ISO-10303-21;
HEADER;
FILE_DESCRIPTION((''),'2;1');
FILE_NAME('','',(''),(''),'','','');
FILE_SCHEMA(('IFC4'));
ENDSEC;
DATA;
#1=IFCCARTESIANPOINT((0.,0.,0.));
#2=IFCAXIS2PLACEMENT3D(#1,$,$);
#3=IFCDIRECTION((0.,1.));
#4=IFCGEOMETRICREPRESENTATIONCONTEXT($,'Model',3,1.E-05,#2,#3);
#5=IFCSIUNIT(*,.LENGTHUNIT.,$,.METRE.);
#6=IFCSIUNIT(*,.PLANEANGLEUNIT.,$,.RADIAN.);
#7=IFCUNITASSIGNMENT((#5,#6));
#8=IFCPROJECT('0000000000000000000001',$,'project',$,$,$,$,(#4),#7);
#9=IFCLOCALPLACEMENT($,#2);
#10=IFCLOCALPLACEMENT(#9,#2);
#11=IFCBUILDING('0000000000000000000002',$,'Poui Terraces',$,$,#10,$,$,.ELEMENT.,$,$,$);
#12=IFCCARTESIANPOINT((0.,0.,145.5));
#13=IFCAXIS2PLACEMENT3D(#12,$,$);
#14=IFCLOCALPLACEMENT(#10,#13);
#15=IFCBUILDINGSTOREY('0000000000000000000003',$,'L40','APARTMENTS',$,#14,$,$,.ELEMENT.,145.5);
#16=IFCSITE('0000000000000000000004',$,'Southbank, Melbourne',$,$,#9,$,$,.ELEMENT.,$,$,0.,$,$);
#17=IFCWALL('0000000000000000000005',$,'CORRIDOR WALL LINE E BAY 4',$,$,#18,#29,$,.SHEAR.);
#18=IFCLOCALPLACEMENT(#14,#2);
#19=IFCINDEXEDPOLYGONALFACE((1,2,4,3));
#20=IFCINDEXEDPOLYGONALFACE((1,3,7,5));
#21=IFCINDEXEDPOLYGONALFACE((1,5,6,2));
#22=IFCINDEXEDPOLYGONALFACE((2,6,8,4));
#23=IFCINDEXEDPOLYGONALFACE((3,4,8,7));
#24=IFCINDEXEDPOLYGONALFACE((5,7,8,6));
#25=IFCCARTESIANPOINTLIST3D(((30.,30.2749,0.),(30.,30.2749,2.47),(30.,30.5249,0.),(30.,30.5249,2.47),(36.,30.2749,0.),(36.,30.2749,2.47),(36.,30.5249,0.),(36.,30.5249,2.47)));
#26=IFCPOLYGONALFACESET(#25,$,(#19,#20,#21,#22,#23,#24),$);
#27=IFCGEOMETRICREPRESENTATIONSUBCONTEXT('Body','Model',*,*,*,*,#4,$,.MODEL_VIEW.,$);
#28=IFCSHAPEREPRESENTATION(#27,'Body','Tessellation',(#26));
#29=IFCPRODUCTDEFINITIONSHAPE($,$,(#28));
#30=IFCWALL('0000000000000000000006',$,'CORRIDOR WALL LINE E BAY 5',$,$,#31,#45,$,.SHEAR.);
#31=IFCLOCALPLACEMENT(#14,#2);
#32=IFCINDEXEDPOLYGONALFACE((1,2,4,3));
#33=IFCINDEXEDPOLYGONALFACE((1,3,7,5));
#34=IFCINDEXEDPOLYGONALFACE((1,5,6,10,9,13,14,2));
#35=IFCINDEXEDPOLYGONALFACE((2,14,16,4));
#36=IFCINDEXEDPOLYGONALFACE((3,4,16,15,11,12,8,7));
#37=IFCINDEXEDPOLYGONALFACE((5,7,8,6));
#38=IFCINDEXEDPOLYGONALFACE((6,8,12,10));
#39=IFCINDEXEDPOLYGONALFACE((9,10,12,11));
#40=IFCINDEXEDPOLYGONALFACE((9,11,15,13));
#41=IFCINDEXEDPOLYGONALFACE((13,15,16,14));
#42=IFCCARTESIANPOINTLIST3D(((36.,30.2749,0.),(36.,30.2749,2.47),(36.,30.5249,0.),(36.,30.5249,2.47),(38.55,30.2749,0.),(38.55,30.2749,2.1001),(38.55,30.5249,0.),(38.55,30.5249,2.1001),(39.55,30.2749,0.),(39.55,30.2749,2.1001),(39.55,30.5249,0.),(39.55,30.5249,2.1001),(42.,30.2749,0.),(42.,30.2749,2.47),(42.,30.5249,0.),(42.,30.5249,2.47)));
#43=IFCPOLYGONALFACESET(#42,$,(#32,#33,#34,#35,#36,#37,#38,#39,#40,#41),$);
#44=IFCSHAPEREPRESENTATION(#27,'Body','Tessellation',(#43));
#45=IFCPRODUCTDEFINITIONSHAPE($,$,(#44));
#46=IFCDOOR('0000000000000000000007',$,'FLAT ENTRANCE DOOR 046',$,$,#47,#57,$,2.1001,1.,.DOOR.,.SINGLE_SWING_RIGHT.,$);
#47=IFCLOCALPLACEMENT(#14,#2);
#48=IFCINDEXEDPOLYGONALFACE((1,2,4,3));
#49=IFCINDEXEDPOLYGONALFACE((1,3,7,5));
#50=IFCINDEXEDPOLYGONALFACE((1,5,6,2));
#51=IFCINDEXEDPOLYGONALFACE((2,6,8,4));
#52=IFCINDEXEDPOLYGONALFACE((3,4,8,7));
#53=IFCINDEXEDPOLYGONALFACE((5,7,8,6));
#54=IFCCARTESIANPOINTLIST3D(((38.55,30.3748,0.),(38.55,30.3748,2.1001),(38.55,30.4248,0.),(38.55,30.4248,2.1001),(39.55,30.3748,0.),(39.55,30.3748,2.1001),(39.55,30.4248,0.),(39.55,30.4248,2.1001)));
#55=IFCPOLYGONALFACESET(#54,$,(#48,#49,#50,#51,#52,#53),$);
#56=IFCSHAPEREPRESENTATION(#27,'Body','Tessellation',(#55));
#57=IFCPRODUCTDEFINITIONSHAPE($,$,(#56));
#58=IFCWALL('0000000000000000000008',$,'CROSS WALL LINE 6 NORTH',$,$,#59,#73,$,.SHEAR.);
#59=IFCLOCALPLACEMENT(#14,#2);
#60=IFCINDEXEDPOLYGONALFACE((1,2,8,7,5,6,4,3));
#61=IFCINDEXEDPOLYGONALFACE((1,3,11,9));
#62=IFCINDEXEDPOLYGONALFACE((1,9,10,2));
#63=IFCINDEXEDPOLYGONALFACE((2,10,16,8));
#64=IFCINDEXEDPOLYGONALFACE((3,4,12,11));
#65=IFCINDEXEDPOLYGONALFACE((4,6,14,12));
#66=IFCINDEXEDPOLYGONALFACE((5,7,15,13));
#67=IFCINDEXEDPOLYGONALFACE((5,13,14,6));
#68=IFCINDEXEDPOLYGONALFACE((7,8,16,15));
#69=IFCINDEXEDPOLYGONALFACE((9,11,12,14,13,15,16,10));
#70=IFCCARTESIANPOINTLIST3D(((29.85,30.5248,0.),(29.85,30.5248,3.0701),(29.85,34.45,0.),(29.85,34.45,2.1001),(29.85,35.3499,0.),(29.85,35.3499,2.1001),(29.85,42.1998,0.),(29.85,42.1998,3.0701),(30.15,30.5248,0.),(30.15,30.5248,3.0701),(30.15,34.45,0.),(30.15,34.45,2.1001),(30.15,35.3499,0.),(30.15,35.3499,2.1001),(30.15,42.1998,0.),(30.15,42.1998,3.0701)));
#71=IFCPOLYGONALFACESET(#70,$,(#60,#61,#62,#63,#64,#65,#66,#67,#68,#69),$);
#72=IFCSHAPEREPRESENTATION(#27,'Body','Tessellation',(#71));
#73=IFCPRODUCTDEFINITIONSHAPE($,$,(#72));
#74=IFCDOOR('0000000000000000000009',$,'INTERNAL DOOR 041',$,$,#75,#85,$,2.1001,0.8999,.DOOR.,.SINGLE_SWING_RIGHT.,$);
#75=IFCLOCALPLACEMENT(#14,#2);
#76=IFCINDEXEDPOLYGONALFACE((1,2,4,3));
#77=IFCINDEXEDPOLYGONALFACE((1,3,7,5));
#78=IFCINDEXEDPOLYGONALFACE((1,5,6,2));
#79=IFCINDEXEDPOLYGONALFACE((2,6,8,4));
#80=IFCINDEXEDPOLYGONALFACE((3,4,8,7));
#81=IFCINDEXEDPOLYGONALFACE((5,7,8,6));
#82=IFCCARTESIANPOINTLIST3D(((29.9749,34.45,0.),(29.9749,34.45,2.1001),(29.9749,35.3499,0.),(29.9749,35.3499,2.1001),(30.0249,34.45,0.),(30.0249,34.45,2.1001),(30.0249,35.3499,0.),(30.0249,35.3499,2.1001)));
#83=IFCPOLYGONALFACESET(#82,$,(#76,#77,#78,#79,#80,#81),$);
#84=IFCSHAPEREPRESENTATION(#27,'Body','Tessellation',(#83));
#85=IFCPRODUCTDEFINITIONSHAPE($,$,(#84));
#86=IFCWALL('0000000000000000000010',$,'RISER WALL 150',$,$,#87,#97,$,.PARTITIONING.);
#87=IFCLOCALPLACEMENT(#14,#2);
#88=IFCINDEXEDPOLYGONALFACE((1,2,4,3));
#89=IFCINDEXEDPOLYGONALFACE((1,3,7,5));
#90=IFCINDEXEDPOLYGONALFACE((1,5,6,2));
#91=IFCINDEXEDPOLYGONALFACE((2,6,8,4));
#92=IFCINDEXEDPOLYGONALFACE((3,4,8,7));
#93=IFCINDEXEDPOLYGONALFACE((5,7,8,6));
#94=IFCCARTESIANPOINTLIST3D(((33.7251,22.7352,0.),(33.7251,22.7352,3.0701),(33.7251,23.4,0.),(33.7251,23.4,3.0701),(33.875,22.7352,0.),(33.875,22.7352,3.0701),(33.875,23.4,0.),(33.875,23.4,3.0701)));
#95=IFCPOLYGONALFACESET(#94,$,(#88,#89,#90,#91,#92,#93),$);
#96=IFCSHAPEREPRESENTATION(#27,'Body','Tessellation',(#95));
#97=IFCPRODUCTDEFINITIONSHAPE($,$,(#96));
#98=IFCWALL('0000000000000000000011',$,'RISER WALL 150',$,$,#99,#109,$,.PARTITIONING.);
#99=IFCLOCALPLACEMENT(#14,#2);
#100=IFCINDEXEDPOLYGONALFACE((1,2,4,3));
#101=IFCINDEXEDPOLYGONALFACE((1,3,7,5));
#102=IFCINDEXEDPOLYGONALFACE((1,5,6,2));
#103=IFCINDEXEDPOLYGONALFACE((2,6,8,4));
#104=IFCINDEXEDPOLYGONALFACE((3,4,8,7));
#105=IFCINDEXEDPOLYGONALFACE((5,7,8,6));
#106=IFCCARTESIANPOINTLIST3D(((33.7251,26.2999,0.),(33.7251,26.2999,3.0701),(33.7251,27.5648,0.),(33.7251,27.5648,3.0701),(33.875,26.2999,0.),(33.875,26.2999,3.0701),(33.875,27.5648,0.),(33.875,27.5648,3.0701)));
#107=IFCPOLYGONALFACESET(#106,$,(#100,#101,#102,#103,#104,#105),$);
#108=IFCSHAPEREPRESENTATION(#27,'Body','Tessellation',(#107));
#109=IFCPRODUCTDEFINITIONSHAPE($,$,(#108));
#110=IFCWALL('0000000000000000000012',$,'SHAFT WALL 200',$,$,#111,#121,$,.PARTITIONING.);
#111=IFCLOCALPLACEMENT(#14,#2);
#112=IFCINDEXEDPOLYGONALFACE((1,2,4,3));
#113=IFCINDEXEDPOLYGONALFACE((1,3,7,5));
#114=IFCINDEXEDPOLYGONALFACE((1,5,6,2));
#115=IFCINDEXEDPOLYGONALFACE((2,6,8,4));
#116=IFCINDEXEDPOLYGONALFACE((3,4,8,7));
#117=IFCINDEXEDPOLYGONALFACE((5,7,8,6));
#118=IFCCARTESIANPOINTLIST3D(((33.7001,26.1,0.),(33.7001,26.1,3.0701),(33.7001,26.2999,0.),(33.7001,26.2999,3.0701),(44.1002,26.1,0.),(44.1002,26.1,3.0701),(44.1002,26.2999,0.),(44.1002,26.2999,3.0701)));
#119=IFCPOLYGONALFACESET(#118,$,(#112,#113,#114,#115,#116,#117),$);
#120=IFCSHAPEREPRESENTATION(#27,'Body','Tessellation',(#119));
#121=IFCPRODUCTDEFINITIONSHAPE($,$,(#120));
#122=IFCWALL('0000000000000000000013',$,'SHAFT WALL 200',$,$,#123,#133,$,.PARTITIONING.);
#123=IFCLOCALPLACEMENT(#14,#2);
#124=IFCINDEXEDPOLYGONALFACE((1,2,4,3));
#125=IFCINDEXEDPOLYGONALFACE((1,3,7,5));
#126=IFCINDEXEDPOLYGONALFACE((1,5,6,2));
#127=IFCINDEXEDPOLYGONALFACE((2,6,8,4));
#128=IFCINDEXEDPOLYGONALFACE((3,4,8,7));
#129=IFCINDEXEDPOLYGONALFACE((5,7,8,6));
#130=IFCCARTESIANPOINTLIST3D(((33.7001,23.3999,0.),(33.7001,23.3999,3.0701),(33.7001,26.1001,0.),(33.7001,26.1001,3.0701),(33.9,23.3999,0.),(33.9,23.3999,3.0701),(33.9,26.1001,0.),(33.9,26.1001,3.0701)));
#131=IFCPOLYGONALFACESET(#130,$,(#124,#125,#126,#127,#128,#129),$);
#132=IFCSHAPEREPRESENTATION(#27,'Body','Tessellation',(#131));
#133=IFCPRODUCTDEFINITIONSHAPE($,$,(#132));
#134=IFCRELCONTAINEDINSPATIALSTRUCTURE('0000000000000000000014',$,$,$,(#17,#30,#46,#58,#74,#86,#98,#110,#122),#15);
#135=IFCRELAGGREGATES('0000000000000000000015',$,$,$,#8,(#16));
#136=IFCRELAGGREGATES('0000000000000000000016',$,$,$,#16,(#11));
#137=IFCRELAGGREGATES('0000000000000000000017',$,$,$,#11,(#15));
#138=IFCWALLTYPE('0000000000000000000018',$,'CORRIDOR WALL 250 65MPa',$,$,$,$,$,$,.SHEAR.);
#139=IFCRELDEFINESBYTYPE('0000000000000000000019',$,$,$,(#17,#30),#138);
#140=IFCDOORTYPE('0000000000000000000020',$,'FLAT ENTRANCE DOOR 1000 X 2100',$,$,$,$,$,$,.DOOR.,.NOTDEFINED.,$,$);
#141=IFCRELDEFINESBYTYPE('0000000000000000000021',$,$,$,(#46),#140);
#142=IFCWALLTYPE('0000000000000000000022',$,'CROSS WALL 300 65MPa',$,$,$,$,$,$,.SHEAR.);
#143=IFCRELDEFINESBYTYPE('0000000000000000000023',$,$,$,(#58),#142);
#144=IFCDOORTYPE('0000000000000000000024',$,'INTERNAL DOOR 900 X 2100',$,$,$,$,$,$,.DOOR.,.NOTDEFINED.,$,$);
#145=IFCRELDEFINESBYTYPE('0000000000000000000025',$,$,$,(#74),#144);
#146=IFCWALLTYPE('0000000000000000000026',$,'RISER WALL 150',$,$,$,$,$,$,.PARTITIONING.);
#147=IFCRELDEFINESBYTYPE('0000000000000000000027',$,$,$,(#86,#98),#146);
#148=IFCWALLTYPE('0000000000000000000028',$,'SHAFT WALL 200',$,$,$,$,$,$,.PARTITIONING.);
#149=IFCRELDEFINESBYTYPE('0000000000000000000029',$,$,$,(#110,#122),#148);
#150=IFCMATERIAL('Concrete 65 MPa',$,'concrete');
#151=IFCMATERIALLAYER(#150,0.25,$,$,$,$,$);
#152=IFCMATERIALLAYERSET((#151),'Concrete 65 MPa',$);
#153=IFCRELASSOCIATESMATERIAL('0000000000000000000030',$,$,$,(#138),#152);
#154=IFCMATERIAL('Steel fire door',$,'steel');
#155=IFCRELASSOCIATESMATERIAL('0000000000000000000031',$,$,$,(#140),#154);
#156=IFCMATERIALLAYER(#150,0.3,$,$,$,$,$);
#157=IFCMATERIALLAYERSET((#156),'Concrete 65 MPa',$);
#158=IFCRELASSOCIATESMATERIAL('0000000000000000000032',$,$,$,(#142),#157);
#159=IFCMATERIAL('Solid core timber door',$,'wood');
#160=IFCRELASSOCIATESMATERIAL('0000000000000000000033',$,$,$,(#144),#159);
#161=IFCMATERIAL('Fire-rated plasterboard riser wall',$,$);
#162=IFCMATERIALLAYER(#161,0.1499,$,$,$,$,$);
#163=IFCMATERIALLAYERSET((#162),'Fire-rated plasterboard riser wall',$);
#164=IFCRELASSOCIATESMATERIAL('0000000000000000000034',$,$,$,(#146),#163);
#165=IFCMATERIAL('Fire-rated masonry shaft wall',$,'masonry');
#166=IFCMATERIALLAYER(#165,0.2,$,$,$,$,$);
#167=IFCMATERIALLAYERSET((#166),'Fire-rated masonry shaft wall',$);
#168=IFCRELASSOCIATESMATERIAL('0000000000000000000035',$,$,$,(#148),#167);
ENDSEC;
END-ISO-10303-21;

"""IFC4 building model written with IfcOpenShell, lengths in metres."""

from ifc_helpers import new_model, si_unit, direction, frame, frame_2d, origin, place, context, subcontext, project, spatial, rectangle, extrude, material, layer, layer_set, type_object, element, fill, save


model = new_model("IFC4")

# Units and contexts
model_context = context("Model", 3, precision=1e-05, world=origin(), true_north=direction((0.0, 1.0)))
body_context = subcontext(model_context, "Body", "Model", "MODEL_VIEW")
ifc_project = project(units=[si_unit("LENGTHUNIT", "METRE"), si_unit("PLANEANGLEUNIT", "RADIAN")], contexts=[model_context])

# Site, building, storey
site_placement = place(None, origin())
site = spatial("IfcSite", under=ifc_project, at=site_placement, Name="Southbank, Melbourne", CompositionType="ELEMENT", RefElevation=0.0)
building_placement = place(site_placement, origin())
building = spatial("IfcBuilding", under=site, at=building_placement, Name="Poui Terraces", CompositionType="ELEMENT")
storey_placement = place(building_placement, frame((0.0, 0.0, 145.5)))
storey = spatial("IfcBuildingStorey", under=building, at=storey_placement, Name="L40", Description="APARTMENTS", CompositionType="ELEMENT", Elevation=145.5)

# Shared definitions
ifc_material_1 = material(Name="Concrete 65 MPa", Category="concrete")

# Shared definitions
ifc_material_2 = material(Name="Steel fire door", Category="steel")

# Wall
ifc_layer_1 = layer(ifc_material_1, 0.25)
ifc_layer_set_1 = layer_set([ifc_layer_1], Name="Concrete 65 MPa")
wall_type_1 = type_object("IfcWallType", Name="CORRIDOR WALL 250 65MPa", PredefinedType="SHEAR", material=ifc_layer_set_1)
wall_1_placement = place(storey_placement, frame((30.0, 30.3999, 0.0), z_axis=(0.0, 0.0, 1.0), x_axis=(1.0, 0.0, 0.0)))
element("IfcWall", 1, at=wall_1_placement, inside=storey, type_object=wall_type_1, Name="CORRIDOR WALL LINE E BAY 4", PredefinedType="SHEAR", context=body_context, shape_type="SweptSolid", body=[
    extrude(rectangle(XDim=6.0, YDim=0.25, at=frame_2d((3.0, 0.0))), origin(), (0.0, 0.0, 1.0), 2.47),
])

# Walls, openings, doors
wall_2_placement = place(storey_placement, frame((36.0, 30.3999, 0.0), z_axis=(0.0, 0.0, 1.0), x_axis=(1.0, 0.0, 0.0)))
wall_2 = element("IfcWall", 2, at=wall_2_placement, inside=storey, type_object=wall_type_1, Name="CORRIDOR WALL LINE E BAY 5", PredefinedType="SHEAR", context=body_context, shape_type="SweptSolid", body=[
    extrude(rectangle(XDim=6.0, YDim=0.25, at=frame_2d((3.0, 0.0))), origin(), (0.0, 0.0, 1.0), 2.47),
])
opening_1_placement = place(wall_2_placement, frame((2.55, 0.0, 0.0)))
opening_1 = element("IfcOpeningElement", 3, at=opening_1_placement, cuts=wall_2, PredefinedType="OPENING", context=body_context, shape_type="SweptSolid", body=[
    extrude(rectangle(XDim=1.0, YDim=2.1001, at=frame_2d((0.5, 1.05))), frame((0.0, 0.135, 0.0), z_axis=(0.0, -1.0, 0.0), x_axis=(1.0, 0.0, 0.0)), (0.0, 0.0, 1.0), 0.27),
])
door_type_1 = type_object("IfcDoorType", Name="FLAT ENTRANCE DOOR 1000 X 2100", OperationType="NOTDEFINED", PredefinedType="DOOR", material=ifc_material_2)
door_1_placement = place(opening_1_placement, origin())
door_1 = element("IfcDoor", 4, at=door_1_placement, inside=storey, type_object=door_type_1, Name="FLAT ENTRANCE DOOR 046", OperationType="SINGLE_SWING_RIGHT", OverallHeight=2.1001, OverallWidth=1.0, PredefinedType="DOOR", context=body_context, shape_type="SweptSolid", body=[
    extrude(rectangle(XDim=1.0, YDim=2.1001, at=frame_2d((0.5, 1.05))), frame((0.0, 0.0249, 0.0), z_axis=(0.0, -1.0, 0.0), x_axis=(1.0, 0.0, 0.0)), (0.0, 0.0, 1.0), 0.05),
])
fill(opening_1, door_1)
ifc_layer_2 = layer(ifc_material_1, 0.3)
ifc_layer_set_2 = layer_set([ifc_layer_2], Name="Concrete 65 MPa")
wall_type_2 = type_object("IfcWallType", Name="CROSS WALL 300 65MPa", PredefinedType="SHEAR", material=ifc_layer_set_2)
wall_3_placement = place(storey_placement, frame((30.0, 30.5249, 0.0), z_axis=(0.0, 0.0, 1.0), x_axis=(0.0, 1.0, 0.0)))
wall_3 = element("IfcWall", 5, at=wall_3_placement, inside=storey, type_object=wall_type_2, Name="CROSS WALL LINE 6 NORTH", PredefinedType="SHEAR", context=body_context, shape_type="SweptSolid", body=[
    extrude(rectangle(XDim=11.675, YDim=0.3, at=frame_2d((5.8374, 0.0))), origin(), (0.0, 0.0, 1.0), 3.0701),
])
opening_2_placement = place(wall_3_placement, frame((3.925, 0.0, 0.0)))
opening_2 = element("IfcOpeningElement", 6, at=opening_2_placement, cuts=wall_3, PredefinedType="OPENING", context=body_context, shape_type="SweptSolid", body=[
    extrude(rectangle(XDim=0.8999, YDim=2.1001, at=frame_2d((0.45, 1.05))), frame((0.0, 0.1602, 0.0), z_axis=(0.0, -1.0, 0.0), x_axis=(1.0, 0.0, 0.0)), (0.0, 0.0, 1.0), 0.3201),
])
ifc_material_3 = material(Name="Solid core timber door", Category="wood")
door_type_2 = type_object("IfcDoorType", Name="INTERNAL DOOR 900 X 2100", OperationType="NOTDEFINED", PredefinedType="DOOR", material=ifc_material_3)
door_2_placement = place(opening_2_placement, frame((0.8999, 0.0, 0.0), z_axis=(0.0, 0.0, 1.0), x_axis=(-1.0, 0.0, 0.0)))
door_2 = element("IfcDoor", 7, at=door_2_placement, inside=storey, type_object=door_type_2, Name="INTERNAL DOOR 041", OperationType="SINGLE_SWING_RIGHT", OverallHeight=2.1001, OverallWidth=0.8999, PredefinedType="DOOR", context=body_context, shape_type="SweptSolid", body=[
    extrude(rectangle(XDim=0.8999, YDim=2.1001, at=frame_2d((0.45, 1.05))), frame((0.0, 0.0249, 0.0), z_axis=(0.0, -1.0, 0.0), x_axis=(1.0, 0.0, 0.0)), (0.0, 0.0, 1.0), 0.05),
])
fill(opening_2, door_2)

# Walls
ifc_material_4 = material(Name="Fire-rated plasterboard riser wall")
ifc_layer_3 = layer(ifc_material_4, 0.1499)
ifc_layer_set_3 = layer_set([ifc_layer_3], Name="Fire-rated plasterboard riser wall")
wall_type_3 = type_object("IfcWallType", Name="RISER WALL 150", PredefinedType="PARTITIONING", material=ifc_layer_set_3)
wall_4_placement = place(storey_placement, frame((33.8, 22.7351, 0.0), z_axis=(0.0, 0.0, 1.0), x_axis=(0.0, 1.0, 0.0)))
element("IfcWall", 8, at=wall_4_placement, inside=storey, type_object=wall_type_3, Name="RISER WALL 150", PredefinedType="PARTITIONING", context=body_context, shape_type="SweptSolid", body=[
    extrude(rectangle(XDim=0.6648, YDim=0.1499, at=frame_2d((0.3325, 0.0))), origin(), (0.0, 0.0, 1.0), 3.0701),
])
wall_5_placement = place(storey_placement, frame((33.8, 26.3, 0.0), z_axis=(0.0, 0.0, 1.0), x_axis=(0.0, 1.0, 0.0)))
element("IfcWall", 9, at=wall_5_placement, inside=storey, type_object=wall_type_3, Name="RISER WALL 150", PredefinedType="PARTITIONING", context=body_context, shape_type="SweptSolid", body=[
    extrude(rectangle(XDim=1.2649, YDim=0.1499, at=frame_2d((0.6323, 0.0))), origin(), (0.0, 0.0, 1.0), 3.0701),
])
ifc_material_5 = material(Name="Fire-rated masonry shaft wall", Category="masonry")
ifc_layer_4 = layer(ifc_material_5, 0.2)
ifc_layer_set_4 = layer_set([ifc_layer_4], Name="Fire-rated masonry shaft wall")
wall_type_4 = type_object("IfcWallType", Name="SHAFT WALL 200", PredefinedType="PARTITIONING", material=ifc_layer_set_4)
wall_6_placement = place(storey_placement, frame((33.7, 26.2, 0.0), z_axis=(0.0, 0.0, 1.0), x_axis=(1.0, 0.0, 0.0)))
element("IfcWall", 10, at=wall_6_placement, inside=storey, type_object=wall_type_4, Name="SHAFT WALL 200", PredefinedType="PARTITIONING", context=body_context, shape_type="SweptSolid", body=[
    extrude(rectangle(XDim=10.4001, YDim=0.2, at=frame_2d((5.2002, 0.0))), origin(), (0.0, 0.0, 1.0), 3.0701),
])
wall_7_placement = place(storey_placement, frame((33.8, 23.3999, 0.0), z_axis=(0.0, 0.0, 1.0), x_axis=(0.0, 1.0, 0.0)))
element("IfcWall", 11, at=wall_7_placement, inside=storey, type_object=wall_type_4, Name="SHAFT WALL 200", PredefinedType="PARTITIONING", context=body_context, shape_type="SweptSolid", body=[
    extrude(rectangle(XDim=2.7002, YDim=0.2, at=frame_2d((1.3501, 0.0))), origin(), (0.0, 0.0, 1.0), 3.0701),
])

save(model, "model.ifc")
